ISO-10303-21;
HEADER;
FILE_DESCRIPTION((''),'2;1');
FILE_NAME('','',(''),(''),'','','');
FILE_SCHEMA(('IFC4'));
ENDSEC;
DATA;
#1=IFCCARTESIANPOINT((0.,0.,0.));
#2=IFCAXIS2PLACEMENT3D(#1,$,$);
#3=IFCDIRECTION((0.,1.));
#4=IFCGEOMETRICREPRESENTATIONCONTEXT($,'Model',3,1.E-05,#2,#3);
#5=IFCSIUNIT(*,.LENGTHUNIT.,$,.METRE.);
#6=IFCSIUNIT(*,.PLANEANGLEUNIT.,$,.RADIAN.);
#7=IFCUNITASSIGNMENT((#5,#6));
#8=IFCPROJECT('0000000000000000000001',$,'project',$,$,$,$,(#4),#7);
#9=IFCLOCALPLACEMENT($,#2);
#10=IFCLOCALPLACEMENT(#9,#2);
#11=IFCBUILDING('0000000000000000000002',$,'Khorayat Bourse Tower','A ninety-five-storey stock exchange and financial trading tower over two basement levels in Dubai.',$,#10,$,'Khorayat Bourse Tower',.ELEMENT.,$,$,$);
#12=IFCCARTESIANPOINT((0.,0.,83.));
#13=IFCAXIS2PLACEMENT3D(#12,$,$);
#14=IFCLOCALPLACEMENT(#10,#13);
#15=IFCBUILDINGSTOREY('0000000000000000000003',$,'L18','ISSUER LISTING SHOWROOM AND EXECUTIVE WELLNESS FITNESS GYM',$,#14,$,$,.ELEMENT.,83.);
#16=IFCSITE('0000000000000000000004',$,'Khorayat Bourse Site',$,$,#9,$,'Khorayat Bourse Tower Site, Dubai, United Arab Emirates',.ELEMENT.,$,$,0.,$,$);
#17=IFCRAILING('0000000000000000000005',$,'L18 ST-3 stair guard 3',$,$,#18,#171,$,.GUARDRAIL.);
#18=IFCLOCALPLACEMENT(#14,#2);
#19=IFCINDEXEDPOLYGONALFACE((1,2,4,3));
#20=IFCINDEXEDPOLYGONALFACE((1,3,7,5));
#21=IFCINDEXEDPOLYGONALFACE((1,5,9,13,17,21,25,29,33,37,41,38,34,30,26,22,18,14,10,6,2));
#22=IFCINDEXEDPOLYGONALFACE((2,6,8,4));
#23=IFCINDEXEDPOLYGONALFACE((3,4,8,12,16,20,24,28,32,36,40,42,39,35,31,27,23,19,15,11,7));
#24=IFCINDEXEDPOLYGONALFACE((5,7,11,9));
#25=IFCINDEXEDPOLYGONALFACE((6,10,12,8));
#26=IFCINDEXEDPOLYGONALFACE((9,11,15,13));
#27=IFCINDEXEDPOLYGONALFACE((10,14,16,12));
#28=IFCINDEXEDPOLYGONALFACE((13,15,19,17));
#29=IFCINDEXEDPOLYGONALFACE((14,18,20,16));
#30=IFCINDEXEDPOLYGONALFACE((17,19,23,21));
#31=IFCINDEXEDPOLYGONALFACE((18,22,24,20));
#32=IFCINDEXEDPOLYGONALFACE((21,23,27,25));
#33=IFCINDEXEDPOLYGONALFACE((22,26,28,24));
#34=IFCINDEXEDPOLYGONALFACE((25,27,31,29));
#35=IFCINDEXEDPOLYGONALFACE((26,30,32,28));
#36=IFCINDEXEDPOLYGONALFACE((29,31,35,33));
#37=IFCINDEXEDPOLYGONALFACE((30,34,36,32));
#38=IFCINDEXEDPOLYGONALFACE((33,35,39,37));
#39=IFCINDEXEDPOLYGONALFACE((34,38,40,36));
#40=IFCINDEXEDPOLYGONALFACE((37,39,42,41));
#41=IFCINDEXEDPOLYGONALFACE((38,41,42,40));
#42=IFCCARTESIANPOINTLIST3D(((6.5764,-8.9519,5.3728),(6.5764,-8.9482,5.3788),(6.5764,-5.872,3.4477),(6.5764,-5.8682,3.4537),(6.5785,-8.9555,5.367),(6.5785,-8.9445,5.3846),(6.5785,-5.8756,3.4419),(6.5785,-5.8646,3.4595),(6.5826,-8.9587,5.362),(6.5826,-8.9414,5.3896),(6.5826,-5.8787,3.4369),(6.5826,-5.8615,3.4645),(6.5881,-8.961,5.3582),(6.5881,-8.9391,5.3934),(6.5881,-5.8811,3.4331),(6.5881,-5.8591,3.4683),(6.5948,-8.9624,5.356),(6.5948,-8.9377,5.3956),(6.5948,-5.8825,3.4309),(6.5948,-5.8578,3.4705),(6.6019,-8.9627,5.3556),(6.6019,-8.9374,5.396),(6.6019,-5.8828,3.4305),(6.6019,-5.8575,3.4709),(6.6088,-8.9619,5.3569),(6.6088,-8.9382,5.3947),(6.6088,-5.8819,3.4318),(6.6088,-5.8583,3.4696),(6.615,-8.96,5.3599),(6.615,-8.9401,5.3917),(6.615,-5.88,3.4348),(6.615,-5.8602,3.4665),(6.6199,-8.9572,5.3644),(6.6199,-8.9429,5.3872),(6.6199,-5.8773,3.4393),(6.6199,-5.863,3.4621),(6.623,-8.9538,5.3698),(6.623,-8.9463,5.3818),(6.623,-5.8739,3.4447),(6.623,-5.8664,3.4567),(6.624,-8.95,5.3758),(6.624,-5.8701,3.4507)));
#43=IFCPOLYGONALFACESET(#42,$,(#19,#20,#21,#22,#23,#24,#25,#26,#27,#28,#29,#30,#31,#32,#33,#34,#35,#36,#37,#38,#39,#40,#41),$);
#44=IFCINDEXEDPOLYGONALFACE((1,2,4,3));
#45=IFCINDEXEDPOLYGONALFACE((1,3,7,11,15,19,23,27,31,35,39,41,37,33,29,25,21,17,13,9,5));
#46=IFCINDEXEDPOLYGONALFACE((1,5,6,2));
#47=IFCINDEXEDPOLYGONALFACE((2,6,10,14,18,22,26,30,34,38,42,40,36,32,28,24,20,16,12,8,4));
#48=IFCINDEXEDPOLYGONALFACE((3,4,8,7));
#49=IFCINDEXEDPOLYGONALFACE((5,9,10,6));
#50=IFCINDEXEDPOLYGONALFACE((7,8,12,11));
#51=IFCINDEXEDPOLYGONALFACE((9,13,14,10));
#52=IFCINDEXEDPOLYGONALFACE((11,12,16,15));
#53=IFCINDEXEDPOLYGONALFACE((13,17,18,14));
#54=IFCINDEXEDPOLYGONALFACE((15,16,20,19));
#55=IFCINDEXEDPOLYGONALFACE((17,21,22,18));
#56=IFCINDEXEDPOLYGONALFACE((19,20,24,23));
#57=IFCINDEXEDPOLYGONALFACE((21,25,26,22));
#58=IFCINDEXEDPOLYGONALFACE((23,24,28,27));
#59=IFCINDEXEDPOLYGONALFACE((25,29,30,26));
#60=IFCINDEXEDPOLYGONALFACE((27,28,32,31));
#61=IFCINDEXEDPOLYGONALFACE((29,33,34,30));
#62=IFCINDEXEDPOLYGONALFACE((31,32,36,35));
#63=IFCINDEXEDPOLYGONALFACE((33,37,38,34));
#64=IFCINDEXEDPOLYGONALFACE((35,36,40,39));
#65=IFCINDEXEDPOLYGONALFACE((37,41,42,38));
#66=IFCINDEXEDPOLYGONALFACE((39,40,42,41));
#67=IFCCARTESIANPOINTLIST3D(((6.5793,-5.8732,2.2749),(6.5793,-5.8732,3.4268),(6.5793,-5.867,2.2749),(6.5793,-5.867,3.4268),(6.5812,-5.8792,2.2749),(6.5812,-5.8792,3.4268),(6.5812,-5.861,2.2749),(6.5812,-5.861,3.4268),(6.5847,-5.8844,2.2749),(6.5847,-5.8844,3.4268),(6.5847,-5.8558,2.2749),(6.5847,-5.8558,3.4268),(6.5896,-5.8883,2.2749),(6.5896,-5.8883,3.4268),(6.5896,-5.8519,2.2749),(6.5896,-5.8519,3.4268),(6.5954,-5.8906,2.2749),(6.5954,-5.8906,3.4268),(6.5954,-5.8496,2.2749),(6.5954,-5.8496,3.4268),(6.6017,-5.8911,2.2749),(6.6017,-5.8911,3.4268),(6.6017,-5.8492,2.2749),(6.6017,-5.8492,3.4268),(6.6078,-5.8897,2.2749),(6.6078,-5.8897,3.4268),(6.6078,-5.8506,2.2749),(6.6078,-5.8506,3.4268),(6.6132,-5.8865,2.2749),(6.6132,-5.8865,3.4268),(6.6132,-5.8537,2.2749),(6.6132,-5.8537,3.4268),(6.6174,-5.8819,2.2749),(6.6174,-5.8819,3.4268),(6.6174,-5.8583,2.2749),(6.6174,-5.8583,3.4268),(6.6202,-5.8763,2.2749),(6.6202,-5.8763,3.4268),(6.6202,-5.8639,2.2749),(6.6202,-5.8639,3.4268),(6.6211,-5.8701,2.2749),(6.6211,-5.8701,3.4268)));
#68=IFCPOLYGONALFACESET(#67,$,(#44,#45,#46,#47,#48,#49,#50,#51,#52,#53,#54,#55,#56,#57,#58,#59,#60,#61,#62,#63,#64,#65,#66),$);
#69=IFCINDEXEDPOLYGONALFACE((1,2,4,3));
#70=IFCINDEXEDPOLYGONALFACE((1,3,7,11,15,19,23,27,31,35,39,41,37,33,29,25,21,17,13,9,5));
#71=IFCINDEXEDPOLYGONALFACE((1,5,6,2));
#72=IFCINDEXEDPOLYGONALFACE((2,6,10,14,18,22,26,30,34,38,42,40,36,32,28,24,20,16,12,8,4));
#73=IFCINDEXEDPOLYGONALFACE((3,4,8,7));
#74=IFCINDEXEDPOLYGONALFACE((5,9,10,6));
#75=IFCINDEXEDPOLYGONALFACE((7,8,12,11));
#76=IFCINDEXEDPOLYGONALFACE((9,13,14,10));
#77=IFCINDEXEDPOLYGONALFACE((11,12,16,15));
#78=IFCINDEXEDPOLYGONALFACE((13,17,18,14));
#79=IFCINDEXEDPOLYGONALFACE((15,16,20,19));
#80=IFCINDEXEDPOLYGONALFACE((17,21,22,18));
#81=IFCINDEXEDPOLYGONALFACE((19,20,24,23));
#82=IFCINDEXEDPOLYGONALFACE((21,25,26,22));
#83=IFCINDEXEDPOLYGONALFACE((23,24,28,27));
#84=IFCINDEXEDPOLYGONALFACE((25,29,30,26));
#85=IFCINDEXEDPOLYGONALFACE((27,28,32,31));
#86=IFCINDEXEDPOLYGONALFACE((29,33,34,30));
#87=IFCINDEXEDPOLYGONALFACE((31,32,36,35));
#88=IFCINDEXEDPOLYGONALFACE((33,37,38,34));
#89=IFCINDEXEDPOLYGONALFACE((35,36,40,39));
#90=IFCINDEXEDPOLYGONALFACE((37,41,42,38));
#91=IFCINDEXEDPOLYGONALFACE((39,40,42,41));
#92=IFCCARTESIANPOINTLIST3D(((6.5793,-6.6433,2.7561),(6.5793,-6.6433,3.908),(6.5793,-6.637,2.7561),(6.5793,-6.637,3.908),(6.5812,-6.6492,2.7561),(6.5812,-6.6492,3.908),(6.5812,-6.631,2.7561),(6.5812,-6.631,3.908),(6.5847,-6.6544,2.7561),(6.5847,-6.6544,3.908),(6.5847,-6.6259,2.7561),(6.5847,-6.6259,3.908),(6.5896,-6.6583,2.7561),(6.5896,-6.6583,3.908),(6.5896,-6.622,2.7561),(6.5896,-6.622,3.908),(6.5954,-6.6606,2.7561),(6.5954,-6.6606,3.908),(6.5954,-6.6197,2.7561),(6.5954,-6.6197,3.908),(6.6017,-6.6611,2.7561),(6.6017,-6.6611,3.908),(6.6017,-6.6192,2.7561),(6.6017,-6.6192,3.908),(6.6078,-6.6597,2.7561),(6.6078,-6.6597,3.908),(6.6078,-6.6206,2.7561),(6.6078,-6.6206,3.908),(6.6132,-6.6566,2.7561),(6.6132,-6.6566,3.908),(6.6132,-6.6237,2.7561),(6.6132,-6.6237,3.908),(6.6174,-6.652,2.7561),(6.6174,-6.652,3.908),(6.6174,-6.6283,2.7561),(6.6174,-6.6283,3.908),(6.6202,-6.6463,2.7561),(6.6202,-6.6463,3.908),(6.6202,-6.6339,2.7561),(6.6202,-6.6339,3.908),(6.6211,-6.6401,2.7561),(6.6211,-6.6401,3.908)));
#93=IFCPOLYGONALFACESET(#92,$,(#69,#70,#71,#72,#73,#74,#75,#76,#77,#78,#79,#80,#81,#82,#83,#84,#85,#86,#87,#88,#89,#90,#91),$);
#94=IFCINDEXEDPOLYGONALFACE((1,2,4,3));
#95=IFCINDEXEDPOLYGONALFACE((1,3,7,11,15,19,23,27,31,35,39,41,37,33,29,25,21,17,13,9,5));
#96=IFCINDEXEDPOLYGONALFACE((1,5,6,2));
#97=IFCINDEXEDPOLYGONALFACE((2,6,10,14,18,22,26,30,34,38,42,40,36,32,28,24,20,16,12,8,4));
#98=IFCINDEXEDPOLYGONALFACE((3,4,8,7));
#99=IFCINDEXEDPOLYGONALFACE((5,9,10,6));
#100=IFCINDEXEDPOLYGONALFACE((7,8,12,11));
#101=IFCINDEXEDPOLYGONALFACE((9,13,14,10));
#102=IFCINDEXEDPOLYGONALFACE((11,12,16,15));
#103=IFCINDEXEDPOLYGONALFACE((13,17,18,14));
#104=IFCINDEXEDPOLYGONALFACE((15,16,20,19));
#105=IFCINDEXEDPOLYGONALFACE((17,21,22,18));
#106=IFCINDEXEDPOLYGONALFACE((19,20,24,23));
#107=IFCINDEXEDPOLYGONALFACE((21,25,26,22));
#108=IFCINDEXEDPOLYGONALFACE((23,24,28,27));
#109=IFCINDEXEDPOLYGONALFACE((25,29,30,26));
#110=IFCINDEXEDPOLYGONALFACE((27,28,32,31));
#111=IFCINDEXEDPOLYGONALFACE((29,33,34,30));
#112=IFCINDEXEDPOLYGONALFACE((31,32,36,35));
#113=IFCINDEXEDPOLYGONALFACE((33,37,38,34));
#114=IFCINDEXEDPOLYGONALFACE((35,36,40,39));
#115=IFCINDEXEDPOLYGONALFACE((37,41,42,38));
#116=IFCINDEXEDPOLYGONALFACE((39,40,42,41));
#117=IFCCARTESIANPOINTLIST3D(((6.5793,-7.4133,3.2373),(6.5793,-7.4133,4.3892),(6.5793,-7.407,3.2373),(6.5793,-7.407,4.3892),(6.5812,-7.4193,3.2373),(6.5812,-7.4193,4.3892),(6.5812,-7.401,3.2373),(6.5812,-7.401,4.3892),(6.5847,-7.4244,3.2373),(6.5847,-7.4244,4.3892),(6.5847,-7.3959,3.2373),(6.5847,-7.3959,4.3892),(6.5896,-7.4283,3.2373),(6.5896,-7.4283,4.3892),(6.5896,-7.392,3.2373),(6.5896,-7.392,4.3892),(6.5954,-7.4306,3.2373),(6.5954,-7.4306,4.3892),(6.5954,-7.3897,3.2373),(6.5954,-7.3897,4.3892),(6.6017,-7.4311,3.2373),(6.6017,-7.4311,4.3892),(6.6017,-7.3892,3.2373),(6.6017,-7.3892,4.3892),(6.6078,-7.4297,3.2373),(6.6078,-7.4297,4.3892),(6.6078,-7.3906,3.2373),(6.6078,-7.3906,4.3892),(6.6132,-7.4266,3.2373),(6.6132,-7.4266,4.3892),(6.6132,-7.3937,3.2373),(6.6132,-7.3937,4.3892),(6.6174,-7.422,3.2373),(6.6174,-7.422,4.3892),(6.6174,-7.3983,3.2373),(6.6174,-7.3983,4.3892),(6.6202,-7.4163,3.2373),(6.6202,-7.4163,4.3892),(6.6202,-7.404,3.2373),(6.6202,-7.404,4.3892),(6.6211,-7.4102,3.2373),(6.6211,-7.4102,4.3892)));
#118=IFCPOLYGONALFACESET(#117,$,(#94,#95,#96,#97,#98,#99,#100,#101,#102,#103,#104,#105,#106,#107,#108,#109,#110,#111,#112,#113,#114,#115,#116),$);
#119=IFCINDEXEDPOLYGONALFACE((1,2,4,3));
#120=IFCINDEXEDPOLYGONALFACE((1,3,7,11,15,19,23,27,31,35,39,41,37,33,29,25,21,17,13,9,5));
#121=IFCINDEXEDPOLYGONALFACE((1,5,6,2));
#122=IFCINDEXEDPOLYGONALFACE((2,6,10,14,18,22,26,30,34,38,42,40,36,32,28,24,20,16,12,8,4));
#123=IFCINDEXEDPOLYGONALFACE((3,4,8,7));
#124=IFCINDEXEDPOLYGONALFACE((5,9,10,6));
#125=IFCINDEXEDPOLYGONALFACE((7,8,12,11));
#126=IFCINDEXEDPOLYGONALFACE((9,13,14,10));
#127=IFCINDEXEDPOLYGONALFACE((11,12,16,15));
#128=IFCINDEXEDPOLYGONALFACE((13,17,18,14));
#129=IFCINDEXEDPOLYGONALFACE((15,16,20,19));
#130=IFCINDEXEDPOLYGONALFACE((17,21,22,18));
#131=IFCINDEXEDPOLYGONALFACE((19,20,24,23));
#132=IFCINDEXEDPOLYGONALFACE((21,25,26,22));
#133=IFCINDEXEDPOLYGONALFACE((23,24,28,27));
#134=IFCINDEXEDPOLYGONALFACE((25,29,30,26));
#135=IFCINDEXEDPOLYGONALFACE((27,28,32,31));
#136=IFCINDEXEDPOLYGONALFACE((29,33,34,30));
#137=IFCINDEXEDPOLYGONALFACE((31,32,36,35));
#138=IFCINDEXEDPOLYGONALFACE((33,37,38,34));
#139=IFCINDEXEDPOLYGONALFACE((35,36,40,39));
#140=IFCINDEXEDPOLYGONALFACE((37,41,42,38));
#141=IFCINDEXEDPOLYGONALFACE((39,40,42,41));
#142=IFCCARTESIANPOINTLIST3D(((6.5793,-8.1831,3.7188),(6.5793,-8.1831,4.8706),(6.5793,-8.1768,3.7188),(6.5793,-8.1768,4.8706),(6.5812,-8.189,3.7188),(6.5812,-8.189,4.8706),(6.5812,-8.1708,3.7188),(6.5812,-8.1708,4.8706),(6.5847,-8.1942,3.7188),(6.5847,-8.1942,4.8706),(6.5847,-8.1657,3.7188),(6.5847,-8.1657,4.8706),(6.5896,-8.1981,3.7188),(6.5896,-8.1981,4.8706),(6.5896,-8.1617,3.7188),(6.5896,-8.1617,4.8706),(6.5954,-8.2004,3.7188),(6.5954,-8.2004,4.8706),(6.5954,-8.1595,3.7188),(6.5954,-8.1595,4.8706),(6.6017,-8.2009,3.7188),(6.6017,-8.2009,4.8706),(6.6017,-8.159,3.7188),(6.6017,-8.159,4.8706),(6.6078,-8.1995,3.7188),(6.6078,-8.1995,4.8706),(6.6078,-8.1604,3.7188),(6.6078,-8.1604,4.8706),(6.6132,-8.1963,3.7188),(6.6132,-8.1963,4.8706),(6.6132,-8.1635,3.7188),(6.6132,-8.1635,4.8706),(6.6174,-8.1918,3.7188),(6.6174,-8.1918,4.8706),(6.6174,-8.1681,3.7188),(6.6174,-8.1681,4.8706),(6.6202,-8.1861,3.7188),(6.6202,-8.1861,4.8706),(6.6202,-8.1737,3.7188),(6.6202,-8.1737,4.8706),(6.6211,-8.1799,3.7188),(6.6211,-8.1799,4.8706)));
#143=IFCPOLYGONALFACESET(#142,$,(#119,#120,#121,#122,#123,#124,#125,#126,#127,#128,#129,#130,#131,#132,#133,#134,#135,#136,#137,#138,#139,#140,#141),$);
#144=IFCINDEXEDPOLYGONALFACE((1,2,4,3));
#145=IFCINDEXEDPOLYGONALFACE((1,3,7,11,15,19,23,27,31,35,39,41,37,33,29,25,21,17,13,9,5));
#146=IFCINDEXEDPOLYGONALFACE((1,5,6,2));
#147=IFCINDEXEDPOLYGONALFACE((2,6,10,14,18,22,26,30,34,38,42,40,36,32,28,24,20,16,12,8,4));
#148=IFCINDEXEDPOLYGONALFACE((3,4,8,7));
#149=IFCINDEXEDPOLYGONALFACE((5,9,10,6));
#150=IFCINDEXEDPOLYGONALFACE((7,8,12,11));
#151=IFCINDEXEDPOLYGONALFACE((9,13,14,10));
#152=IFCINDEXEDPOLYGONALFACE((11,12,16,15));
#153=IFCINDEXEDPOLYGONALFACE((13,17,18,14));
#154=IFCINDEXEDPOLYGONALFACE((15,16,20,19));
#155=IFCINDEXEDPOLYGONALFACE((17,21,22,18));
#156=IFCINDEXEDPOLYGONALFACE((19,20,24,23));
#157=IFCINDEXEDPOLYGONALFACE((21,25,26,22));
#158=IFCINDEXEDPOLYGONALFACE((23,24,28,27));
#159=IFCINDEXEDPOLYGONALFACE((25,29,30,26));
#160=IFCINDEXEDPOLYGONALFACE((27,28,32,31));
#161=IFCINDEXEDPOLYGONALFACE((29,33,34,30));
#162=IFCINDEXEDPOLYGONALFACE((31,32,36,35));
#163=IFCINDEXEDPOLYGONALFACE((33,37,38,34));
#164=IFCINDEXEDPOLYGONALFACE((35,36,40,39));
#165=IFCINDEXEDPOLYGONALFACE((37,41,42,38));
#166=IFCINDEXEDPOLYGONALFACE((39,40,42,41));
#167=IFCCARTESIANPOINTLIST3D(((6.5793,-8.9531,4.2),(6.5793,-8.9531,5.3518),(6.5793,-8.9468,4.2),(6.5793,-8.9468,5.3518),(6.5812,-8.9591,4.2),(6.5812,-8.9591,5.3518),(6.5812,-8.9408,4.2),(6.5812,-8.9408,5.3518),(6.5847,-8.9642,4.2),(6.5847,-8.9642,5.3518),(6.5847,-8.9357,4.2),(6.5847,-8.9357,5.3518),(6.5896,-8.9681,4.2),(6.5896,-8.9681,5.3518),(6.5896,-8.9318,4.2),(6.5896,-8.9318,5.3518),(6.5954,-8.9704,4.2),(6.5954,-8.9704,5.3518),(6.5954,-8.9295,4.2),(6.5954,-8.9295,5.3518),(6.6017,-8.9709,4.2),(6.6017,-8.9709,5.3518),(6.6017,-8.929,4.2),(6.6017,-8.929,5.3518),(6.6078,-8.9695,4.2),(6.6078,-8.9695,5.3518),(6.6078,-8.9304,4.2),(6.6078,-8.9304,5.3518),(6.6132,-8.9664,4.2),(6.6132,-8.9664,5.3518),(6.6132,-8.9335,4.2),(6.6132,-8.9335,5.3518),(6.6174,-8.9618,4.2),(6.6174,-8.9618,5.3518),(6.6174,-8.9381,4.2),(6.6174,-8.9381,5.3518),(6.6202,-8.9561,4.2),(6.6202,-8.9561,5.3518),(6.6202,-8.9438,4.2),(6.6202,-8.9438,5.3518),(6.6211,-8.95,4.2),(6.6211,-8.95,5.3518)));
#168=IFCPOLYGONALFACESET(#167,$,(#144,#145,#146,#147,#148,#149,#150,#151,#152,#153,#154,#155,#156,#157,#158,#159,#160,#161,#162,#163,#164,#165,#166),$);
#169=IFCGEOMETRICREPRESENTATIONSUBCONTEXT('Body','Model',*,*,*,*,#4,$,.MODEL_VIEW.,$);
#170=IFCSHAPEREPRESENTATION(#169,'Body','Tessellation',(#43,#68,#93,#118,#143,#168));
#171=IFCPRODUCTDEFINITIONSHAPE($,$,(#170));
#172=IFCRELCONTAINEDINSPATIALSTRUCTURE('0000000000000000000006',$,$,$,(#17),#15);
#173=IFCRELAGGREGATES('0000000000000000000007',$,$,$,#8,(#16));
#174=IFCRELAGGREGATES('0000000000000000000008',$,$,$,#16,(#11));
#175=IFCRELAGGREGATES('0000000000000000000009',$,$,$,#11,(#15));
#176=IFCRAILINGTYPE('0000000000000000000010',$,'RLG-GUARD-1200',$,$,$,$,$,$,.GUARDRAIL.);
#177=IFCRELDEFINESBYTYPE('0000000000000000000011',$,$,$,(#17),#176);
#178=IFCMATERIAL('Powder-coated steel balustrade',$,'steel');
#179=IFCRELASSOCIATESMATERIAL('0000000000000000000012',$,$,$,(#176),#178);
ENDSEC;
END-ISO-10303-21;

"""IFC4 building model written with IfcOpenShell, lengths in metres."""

from ifc_helpers import new_model, si_unit, direction, frame, origin, origin_2d, place, context, subcontext, project, spatial, circle, extrude, source, transform, mapped, material, type_object, element, save


model = new_model("IFC4")

# Units and contexts
model_context = context("Model", 3, precision=1e-05, world=origin(), true_north=direction((0.0, 1.0)))
body_context = subcontext(model_context, "Body", "Model", "MODEL_VIEW")
ifc_project = project(units=[si_unit("LENGTHUNIT", "METRE"), si_unit("PLANEANGLEUNIT", "RADIAN")], contexts=[model_context])

# Site, building, storey
site_placement = place(None, origin())
site = spatial("IfcSite", under=ifc_project, at=site_placement, Name="Khorayat Bourse Site", LongName="Khorayat Bourse Tower Site, Dubai, United Arab Emirates", CompositionType="ELEMENT", RefElevation=0.0)
building_placement = place(site_placement, origin())
building = spatial("IfcBuilding", under=site, at=building_placement, Name="Khorayat Bourse Tower", Description="A ninety-five-storey stock exchange and financial trading tower over two basement levels in Dubai.", LongName="Khorayat Bourse Tower", CompositionType="ELEMENT")
storey_placement = place(building_placement, frame((0.0, 0.0, 83.0)))
storey = spatial("IfcBuildingStorey", under=building, at=storey_placement, Name="L18", Description="ISSUER LISTING SHOWROOM AND EXECUTIVE WELLNESS FITNESS GYM", CompositionType="ELEMENT", Elevation=83.0)

# Railing
ifc_material_1 = material(Name="Powder-coated steel balustrade", Category="steel")
railing_type_1 = type_object("IfcRailingType", Name="RLG-GUARD-1200", PredefinedType="GUARDRAIL", material=ifc_material_1)
shared_shape_1 = source(origin(), body_context, "Body", "SweptSolid", [
    extrude(circle(Radius=0.0239, at=origin_2d()), frame((0.0, 0.0, 1.1758), z_axis=(0.0, -0.847979, 0.530029), x_axis=(1.0, 0.0, 0.0)), (0.0, 0.0, 1.0), 3.6321),
    extrude(circle(Radius=0.021, at=origin_2d()), origin(), (0.0, 0.0, 1.0), 1.1519),
    extrude(circle(Radius=0.021, at=origin_2d()), frame((0.0, -0.77, 0.4812)), (0.0, 0.0, 1.0), 1.1519),
    extrude(circle(Radius=0.021, at=origin_2d()), frame((0.0, -1.54, 0.9624)), (0.0, 0.0, 1.0), 1.1519),
    extrude(circle(Radius=0.021, at=origin_2d()), frame((0.0, -2.3098, 1.4438)), (0.0, 0.0, 1.0), 1.1519),
    extrude(circle(Radius=0.021, at=origin_2d()), frame((0.0, -3.0798, 1.925)), (0.0, 0.0, 1.0), 1.1519),
])
railing_1_placement = place(storey_placement, frame((6.6001, -5.8701, 2.2749)))
element("IfcRailing", 1, at=railing_1_placement, inside=storey, type_object=railing_type_1, Name="L18 ST-3 stair guard 3", PredefinedType="GUARDRAIL", context=body_context, shape_type="MappedRepresentation", body=[
    mapped(shared_shape_1, transform((0.0, 0.0, 0.0), scale=1.0)),
])

save(model, "model.ifc")
